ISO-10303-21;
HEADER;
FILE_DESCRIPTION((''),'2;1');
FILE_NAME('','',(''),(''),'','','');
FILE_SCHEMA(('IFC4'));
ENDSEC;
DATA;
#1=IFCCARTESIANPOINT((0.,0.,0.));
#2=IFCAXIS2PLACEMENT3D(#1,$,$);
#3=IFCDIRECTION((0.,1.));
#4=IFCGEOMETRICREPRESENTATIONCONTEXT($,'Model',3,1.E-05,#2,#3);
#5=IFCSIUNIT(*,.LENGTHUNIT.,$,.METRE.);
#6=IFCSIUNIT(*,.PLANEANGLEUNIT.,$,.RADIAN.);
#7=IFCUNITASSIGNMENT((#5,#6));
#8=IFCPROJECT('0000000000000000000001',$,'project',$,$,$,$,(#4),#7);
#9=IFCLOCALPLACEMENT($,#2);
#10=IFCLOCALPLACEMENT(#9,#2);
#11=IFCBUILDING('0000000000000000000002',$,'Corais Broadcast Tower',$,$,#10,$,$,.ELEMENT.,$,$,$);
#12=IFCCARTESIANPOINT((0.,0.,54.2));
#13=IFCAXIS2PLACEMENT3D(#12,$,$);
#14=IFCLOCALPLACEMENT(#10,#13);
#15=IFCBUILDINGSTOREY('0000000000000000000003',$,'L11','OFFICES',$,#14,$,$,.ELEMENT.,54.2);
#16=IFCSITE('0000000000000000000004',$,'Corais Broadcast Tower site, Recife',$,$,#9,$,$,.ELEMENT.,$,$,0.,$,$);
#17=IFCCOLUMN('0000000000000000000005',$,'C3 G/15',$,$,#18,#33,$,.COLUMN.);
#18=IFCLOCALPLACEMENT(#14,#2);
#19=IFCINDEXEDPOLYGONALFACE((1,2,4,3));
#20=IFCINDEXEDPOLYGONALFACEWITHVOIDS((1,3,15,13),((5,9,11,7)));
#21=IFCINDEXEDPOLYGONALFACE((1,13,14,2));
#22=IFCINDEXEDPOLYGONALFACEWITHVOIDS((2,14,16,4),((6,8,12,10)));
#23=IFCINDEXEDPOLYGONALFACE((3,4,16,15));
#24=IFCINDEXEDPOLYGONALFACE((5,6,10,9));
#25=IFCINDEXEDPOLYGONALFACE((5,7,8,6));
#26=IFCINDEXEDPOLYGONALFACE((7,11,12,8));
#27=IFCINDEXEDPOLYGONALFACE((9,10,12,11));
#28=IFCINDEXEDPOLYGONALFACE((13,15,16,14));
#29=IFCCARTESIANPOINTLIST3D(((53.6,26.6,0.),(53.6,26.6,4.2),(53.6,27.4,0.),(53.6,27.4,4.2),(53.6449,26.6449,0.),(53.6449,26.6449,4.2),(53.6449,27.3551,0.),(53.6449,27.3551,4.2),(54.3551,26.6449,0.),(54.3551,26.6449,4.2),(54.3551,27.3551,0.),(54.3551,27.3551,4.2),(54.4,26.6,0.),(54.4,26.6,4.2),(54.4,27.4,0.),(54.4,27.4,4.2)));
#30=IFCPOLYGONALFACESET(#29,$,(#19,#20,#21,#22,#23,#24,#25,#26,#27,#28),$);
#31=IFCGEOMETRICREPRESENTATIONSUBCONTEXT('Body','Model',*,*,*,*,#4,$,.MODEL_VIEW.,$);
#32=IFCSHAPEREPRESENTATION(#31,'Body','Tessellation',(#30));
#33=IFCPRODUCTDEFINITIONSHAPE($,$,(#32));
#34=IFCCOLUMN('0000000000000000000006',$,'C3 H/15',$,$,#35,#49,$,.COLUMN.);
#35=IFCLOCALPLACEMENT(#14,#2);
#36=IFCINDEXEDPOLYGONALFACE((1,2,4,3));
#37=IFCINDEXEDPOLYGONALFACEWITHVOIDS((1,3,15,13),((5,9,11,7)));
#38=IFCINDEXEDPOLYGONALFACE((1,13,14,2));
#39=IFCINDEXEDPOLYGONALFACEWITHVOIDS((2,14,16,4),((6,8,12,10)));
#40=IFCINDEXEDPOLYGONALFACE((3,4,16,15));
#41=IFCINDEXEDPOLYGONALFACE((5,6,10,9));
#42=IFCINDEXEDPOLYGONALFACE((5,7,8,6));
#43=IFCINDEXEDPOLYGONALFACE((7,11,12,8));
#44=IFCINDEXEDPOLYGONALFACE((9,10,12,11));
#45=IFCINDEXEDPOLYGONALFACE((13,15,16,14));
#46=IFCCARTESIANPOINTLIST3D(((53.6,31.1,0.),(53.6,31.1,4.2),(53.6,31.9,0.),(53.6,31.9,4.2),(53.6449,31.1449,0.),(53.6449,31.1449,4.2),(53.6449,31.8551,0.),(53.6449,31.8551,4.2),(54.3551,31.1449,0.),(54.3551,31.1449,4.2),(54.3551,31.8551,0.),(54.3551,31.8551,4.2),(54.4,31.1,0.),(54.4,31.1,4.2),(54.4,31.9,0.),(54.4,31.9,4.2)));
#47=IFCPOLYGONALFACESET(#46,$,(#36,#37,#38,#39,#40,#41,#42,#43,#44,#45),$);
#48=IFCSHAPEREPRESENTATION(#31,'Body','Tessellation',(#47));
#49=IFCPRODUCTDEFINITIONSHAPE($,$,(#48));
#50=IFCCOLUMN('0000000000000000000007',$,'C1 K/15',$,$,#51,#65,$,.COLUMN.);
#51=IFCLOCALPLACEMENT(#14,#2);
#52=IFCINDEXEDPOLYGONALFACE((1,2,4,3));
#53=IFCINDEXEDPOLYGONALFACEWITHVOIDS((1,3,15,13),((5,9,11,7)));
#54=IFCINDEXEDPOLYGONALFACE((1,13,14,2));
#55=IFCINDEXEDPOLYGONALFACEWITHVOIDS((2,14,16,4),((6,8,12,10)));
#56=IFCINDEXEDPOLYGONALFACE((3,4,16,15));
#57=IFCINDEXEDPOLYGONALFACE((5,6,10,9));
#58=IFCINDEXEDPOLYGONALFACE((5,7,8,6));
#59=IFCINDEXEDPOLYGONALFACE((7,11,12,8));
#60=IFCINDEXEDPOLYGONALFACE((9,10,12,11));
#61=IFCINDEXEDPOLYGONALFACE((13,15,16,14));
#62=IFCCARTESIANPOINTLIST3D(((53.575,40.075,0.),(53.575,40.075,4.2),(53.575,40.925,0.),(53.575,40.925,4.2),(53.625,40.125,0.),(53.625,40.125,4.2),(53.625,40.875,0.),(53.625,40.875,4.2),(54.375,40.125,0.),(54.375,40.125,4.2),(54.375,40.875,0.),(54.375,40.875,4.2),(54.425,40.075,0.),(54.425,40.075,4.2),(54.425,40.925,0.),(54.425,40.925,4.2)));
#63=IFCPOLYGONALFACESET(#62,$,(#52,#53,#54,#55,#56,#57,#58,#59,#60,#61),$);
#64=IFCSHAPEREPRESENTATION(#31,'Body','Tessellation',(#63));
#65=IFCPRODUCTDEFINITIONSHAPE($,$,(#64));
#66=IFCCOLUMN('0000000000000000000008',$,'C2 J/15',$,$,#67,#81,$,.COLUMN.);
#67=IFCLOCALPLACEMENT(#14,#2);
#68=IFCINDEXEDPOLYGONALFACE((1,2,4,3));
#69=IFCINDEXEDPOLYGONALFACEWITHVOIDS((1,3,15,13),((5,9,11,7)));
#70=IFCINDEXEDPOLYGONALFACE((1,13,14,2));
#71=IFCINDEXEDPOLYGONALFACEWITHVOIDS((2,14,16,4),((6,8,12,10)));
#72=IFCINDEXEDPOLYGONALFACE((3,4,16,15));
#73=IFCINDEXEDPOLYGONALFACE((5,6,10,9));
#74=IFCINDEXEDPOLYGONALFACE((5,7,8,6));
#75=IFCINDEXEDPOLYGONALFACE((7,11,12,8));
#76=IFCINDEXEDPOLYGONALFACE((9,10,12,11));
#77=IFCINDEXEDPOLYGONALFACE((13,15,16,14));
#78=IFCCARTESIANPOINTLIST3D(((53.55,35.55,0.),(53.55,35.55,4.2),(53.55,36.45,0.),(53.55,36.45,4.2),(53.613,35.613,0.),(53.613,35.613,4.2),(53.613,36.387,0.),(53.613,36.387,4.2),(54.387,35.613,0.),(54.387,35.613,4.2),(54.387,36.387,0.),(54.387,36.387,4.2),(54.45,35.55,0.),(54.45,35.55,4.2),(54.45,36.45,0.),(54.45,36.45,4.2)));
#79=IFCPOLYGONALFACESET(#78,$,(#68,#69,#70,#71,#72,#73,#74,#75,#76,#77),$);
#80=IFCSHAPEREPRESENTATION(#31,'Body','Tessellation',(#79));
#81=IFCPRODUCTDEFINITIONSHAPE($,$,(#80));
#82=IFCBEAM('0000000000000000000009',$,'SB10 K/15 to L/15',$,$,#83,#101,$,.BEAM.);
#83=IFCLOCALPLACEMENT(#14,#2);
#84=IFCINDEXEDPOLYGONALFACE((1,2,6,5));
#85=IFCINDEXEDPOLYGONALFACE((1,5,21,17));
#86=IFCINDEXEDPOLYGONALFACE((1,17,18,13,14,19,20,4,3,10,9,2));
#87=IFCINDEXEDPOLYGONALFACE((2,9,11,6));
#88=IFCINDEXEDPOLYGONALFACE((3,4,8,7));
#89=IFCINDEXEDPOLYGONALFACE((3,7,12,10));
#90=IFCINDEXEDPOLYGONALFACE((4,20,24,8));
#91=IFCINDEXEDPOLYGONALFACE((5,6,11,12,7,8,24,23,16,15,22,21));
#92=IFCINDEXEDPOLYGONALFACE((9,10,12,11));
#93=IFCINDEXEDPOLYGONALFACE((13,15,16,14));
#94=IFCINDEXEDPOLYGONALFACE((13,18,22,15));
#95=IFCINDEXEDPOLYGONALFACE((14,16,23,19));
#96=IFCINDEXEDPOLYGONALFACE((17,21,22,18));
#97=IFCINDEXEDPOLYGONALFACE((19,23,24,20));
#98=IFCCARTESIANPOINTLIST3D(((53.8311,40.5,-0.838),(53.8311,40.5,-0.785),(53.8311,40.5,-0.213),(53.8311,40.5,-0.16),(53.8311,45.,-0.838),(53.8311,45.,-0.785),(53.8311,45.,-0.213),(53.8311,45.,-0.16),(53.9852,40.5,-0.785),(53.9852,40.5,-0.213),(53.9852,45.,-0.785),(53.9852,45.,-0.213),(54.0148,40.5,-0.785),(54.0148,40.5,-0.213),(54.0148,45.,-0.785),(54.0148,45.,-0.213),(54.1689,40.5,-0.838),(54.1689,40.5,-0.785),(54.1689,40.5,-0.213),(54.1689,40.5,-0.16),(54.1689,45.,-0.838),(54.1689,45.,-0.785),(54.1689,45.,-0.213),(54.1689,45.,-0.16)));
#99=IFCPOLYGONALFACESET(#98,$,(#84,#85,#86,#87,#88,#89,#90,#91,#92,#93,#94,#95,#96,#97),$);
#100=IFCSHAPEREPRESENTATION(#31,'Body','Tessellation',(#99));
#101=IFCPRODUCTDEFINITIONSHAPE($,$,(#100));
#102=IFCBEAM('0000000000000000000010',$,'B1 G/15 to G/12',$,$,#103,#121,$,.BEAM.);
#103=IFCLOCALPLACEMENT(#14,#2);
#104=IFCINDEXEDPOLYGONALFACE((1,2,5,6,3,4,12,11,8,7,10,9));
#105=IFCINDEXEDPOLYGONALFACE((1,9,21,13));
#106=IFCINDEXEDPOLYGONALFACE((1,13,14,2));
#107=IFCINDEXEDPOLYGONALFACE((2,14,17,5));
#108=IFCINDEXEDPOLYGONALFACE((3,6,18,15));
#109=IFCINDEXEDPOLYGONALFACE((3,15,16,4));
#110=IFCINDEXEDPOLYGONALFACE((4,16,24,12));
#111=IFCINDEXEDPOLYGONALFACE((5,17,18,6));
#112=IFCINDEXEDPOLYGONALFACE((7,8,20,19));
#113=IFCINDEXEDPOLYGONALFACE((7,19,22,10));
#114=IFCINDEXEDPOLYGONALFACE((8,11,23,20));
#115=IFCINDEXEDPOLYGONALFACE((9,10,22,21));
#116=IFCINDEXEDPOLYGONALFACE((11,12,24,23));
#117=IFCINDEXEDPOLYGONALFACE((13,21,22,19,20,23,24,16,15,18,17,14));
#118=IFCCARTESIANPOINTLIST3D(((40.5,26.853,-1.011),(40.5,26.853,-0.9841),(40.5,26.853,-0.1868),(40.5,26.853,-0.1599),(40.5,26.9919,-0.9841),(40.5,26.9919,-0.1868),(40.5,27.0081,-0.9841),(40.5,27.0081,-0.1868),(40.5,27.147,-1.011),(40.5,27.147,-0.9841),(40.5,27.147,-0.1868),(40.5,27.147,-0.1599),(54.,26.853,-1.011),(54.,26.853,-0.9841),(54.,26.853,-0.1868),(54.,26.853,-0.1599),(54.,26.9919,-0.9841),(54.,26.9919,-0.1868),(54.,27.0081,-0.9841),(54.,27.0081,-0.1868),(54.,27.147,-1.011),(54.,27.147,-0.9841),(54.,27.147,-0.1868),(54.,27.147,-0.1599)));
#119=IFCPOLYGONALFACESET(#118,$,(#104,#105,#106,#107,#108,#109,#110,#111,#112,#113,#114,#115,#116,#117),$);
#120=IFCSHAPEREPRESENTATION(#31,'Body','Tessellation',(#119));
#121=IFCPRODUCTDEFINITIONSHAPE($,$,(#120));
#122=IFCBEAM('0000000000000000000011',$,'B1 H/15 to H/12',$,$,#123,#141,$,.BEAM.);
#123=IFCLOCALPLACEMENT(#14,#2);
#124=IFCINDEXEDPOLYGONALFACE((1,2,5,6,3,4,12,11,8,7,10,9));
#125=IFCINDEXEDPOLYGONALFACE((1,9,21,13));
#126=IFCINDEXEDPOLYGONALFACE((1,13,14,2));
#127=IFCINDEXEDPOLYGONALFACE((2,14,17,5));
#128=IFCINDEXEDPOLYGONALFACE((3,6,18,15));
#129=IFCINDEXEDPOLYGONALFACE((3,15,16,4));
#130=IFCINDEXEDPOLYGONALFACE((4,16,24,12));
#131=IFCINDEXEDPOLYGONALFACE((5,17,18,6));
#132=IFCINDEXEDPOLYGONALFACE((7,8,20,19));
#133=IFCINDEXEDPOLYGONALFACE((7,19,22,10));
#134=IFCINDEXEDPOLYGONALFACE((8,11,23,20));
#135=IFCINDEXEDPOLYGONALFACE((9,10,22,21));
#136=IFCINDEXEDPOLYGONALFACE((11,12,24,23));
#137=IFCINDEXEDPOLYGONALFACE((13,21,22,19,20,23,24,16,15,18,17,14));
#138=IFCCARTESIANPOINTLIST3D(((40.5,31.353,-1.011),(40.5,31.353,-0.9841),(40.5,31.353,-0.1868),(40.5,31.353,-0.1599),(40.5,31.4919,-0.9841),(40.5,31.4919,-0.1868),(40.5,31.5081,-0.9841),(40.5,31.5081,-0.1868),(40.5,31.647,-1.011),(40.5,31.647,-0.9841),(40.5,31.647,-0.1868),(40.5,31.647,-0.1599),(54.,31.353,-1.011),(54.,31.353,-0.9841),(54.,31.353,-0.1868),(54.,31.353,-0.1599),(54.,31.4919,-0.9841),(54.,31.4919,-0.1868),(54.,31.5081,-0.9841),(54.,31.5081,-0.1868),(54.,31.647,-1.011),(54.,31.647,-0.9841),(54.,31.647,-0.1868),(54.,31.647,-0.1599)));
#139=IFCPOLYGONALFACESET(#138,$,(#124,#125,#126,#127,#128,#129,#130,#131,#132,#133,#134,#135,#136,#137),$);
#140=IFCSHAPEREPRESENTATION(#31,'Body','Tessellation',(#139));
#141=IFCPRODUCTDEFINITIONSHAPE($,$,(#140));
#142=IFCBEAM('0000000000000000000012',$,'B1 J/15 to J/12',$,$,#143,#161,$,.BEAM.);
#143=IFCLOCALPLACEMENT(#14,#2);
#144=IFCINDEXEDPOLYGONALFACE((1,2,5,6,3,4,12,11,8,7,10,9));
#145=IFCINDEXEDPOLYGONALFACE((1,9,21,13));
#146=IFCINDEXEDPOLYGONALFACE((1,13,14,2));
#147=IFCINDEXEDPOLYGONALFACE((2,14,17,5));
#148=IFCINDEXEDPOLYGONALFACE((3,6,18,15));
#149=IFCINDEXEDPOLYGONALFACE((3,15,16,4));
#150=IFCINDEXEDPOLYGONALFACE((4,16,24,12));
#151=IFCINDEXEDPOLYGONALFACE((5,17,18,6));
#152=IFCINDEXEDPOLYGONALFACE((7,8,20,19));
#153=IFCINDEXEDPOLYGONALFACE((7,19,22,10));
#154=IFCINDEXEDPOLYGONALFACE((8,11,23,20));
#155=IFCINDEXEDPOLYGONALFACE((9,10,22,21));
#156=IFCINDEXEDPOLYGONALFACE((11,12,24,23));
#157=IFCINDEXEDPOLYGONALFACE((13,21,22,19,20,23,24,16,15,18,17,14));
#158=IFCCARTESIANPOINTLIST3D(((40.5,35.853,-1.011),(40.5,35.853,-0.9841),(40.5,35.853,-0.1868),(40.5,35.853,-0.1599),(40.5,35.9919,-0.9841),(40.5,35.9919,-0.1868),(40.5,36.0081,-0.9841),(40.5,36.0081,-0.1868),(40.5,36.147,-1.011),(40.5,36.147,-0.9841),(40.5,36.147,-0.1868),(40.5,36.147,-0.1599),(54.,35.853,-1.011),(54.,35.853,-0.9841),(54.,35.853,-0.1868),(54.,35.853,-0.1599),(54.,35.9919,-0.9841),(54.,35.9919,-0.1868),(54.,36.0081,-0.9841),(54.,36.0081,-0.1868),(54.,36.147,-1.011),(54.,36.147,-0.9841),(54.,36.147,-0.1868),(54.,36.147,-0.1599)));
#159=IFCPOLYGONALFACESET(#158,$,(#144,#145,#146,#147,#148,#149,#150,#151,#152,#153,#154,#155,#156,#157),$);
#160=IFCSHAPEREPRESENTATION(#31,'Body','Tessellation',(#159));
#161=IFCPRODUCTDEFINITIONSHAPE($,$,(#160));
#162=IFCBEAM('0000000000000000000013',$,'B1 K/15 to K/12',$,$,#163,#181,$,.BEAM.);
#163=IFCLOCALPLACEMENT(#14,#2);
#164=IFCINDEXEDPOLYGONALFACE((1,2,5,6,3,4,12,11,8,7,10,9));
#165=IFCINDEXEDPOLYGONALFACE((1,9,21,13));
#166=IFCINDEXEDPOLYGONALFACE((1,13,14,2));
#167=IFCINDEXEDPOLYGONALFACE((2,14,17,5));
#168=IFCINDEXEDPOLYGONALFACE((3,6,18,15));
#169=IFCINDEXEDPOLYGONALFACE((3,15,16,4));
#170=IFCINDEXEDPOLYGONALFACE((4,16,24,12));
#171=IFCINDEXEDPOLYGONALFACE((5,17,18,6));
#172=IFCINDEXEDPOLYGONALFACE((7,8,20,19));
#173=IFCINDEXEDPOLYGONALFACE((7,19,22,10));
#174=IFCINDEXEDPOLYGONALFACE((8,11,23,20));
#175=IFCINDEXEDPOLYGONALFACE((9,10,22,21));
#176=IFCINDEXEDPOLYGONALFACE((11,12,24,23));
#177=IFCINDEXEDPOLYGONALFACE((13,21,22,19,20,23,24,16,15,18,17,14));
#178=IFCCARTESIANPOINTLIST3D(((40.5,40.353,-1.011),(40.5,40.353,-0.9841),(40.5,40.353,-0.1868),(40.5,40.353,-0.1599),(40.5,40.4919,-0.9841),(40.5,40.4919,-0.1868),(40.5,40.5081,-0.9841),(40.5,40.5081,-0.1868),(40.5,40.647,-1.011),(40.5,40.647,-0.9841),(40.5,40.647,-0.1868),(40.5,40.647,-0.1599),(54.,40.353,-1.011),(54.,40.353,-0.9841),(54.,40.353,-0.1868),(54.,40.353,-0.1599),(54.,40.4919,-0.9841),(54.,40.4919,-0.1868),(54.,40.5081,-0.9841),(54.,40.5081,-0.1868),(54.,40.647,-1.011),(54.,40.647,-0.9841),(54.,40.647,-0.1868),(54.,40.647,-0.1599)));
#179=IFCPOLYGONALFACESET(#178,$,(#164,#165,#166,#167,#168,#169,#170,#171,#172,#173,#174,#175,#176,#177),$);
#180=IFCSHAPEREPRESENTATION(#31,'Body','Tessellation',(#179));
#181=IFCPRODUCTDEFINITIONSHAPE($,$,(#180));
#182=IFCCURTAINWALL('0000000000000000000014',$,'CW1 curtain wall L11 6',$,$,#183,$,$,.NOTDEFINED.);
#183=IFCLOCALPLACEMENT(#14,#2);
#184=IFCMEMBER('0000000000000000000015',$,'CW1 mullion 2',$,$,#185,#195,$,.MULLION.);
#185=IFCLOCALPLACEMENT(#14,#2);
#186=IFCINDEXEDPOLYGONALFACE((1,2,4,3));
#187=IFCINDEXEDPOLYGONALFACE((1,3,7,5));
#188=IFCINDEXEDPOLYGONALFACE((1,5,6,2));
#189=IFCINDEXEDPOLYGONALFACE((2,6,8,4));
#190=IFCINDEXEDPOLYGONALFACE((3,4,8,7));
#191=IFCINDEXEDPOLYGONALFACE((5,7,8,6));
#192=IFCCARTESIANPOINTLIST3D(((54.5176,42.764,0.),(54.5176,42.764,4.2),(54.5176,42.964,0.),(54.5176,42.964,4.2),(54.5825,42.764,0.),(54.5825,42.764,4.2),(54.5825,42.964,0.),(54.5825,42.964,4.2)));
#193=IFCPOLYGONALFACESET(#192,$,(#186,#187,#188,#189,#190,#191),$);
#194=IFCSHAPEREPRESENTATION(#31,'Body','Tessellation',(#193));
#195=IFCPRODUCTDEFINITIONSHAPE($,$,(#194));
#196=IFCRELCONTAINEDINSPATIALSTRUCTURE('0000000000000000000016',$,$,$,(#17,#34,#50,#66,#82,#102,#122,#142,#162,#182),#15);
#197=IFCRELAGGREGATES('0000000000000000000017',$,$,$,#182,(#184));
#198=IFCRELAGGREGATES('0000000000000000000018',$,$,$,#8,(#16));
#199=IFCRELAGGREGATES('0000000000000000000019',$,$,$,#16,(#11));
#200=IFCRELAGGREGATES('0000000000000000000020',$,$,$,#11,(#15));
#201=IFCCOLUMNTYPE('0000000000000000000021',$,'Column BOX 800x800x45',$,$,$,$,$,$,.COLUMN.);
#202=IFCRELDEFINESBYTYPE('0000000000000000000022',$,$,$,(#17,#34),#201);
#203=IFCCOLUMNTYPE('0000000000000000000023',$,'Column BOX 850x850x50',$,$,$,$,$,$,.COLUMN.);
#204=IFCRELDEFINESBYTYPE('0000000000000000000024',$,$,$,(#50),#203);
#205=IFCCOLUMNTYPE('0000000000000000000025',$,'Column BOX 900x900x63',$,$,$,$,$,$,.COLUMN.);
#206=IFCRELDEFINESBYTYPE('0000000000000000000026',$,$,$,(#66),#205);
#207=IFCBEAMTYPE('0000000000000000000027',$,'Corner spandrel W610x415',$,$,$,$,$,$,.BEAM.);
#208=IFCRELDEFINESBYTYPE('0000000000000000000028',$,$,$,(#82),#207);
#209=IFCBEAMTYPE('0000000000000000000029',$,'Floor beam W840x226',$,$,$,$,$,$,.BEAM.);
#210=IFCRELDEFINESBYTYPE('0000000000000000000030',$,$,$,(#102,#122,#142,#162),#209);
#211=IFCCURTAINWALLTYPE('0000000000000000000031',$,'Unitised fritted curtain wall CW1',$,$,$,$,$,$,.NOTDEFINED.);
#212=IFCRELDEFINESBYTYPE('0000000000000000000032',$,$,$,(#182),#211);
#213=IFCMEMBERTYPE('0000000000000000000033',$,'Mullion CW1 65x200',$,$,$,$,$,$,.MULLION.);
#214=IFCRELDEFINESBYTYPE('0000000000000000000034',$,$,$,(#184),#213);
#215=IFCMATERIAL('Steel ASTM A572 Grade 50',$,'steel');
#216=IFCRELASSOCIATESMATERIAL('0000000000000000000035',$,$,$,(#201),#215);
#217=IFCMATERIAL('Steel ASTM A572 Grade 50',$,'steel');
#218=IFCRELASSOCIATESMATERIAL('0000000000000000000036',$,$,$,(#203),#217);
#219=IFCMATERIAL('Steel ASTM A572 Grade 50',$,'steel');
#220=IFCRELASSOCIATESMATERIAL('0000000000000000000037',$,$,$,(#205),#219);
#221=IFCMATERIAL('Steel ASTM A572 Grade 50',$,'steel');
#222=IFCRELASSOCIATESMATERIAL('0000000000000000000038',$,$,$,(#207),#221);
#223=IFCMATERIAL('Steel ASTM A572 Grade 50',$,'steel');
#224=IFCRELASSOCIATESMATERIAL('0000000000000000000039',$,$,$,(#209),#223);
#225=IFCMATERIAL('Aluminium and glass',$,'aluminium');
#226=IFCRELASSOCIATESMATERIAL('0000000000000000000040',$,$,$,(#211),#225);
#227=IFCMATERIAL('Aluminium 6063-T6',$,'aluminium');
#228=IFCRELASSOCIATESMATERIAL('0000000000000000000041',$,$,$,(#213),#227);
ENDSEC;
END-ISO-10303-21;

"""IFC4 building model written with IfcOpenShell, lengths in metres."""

from ifc_helpers import new_model, si_unit, direction, frame, origin, origin_2d, place, context, subcontext, project, spatial, rectangle, hollow_rectangle, i_section, extrude, material, material_profile, profile_set, type_object, element, aggregate, save


model = new_model("IFC4")

# Units and contexts
model_context = context("Model", 3, precision=1e-05, world=origin(), true_north=direction((0.0, 1.0)))
body_context = subcontext(model_context, "Body", "Model", "MODEL_VIEW")
ifc_project = project(units=[si_unit("LENGTHUNIT", "METRE"), si_unit("PLANEANGLEUNIT", "RADIAN")], contexts=[model_context])

# Site, building, storey
site_placement = place(None, origin())
site = spatial("IfcSite", under=ifc_project, at=site_placement, Name="Corais Broadcast Tower site, Recife", CompositionType="ELEMENT", RefElevation=0.0)
building_placement = place(site_placement, origin())
building = spatial("IfcBuilding", under=site, at=building_placement, Name="Corais Broadcast Tower", CompositionType="ELEMENT")
storey_placement = place(building_placement, frame((0.0, 0.0, 54.2)))
storey = spatial("IfcBuildingStorey", under=building, at=storey_placement, Name="L11", Description="OFFICES", CompositionType="ELEMENT", Elevation=54.2)

# Columns
ifc_material_1 = material(Name="Steel ASTM A572 Grade 50", Category="steel")
ifc_material_profile_1 = material_profile(ifc_material_1, hollow_rectangle(XDim=0.8, YDim=0.8, WallThickness=0.0449, at=origin_2d()), Name="BOX 800x800x45")
ifc_profile_set_1 = profile_set([ifc_material_profile_1], Name="Steel ASTM A572 Grade 50")
column_type_1 = type_object("IfcColumnType", Name="Column BOX 800x800x45", PredefinedType="COLUMN", material=ifc_profile_set_1)
for number, where, z_axis, x_axis, name in (
    (1, (54.0, 27.0, 0.0), (0.0, 0.0, 1.0), (1.0, 0.0, 0.0), "C3 G/15"),
    (2, (54.0, 31.5, 0.0), (0.0, 0.0, 1.0), (1.0, 0.0, 0.0), "C3 H/15"),
):
    element("IfcColumn", number, at=place(storey_placement, frame(where, z_axis=z_axis, x_axis=x_axis)), inside=storey, type_object=column_type_1, Name=name, PredefinedType="COLUMN", context=body_context, shape_type="SweptSolid", body=[
        extrude(hollow_rectangle(XDim=0.8, YDim=0.8, WallThickness=0.0449, at=origin_2d()), origin(), (0.0, 0.0, 1.0), 4.2),
    ])
ifc_material_2 = material(Name="Steel ASTM A572 Grade 50", Category="steel")
ifc_material_profile_2 = material_profile(ifc_material_2, hollow_rectangle(XDim=0.8501, YDim=0.8501, WallThickness=0.05, at=origin_2d()), Name="BOX 850x850x50")
ifc_profile_set_2 = profile_set([ifc_material_profile_2], Name="Steel ASTM A572 Grade 50")
column_type_2 = type_object("IfcColumnType", Name="Column BOX 850x850x50", PredefinedType="COLUMN", material=ifc_profile_set_2)
column_1_placement = place(storey_placement, frame((54.0, 40.5, 0.0), z_axis=(0.0, 0.0, 1.0), x_axis=(1.0, 0.0, 0.0)))
element("IfcColumn", 3, at=column_1_placement, inside=storey, type_object=column_type_2, Name="C1 K/15", PredefinedType="COLUMN", context=body_context, shape_type="SweptSolid", body=[
    extrude(hollow_rectangle(XDim=0.8501, YDim=0.8501, WallThickness=0.05, at=origin_2d()), origin(), (0.0, 0.0, 1.0), 4.2),
])
ifc_material_3 = material(Name="Steel ASTM A572 Grade 50", Category="steel")
ifc_material_profile_3 = material_profile(ifc_material_3, hollow_rectangle(XDim=0.8999, YDim=0.8999, WallThickness=0.063, at=origin_2d()), Name="BOX 900x900x63")
ifc_profile_set_3 = profile_set([ifc_material_profile_3], Name="Steel ASTM A572 Grade 50")
column_type_3 = type_object("IfcColumnType", Name="Column BOX 900x900x63", PredefinedType="COLUMN", material=ifc_profile_set_3)
column_2_placement = place(storey_placement, frame((54.0, 36.0, 0.0), z_axis=(0.0, 0.0, 1.0), x_axis=(1.0, 0.0, 0.0)))
element("IfcColumn", 4, at=column_2_placement, inside=storey, type_object=column_type_3, Name="C2 J/15", PredefinedType="COLUMN", context=body_context, shape_type="SweptSolid", body=[
    extrude(hollow_rectangle(XDim=0.8999, YDim=0.8999, WallThickness=0.063, at=origin_2d()), origin(), (0.0, 0.0, 1.0), 4.2),
])

# Beams
ifc_material_4 = material(Name="Steel ASTM A572 Grade 50", Category="steel")
ifc_material_profile_4 = material_profile(ifc_material_4, i_section(OverallWidth=0.3379, OverallDepth=0.678, WebThickness=0.0295, FlangeThickness=0.053, at=origin_2d()), Name="W610x415")
ifc_profile_set_4 = profile_set([ifc_material_profile_4], Name="Steel ASTM A572 Grade 50")
beam_type_1 = type_object("IfcBeamType", Name="Corner spandrel W610x415", PredefinedType="BEAM", material=ifc_profile_set_4)
beam_1_placement = place(storey_placement, frame((54.0, 40.5, -0.499), z_axis=(0.0, 1.0, 0.0), x_axis=(-1.0, 0.0, 0.0)))
element("IfcBeam", 5, at=beam_1_placement, inside=storey, type_object=beam_type_1, Name="SB10 K/15 to L/15", PredefinedType="BEAM", context=body_context, shape_type="SweptSolid", body=[
    extrude(i_section(OverallWidth=0.3379, OverallDepth=0.678, WebThickness=0.0295, FlangeThickness=0.053, at=origin_2d()), origin(), (0.0, 0.0, 1.0), 4.5),
])
ifc_material_5 = material(Name="Steel ASTM A572 Grade 50", Category="steel")
ifc_material_profile_5 = material_profile(ifc_material_5, i_section(OverallWidth=0.2939, OverallDepth=0.8511, WebThickness=0.0161, FlangeThickness=0.0269, at=origin_2d()), Name="W840x226")
ifc_profile_set_5 = profile_set([ifc_material_profile_5], Name="Steel ASTM A572 Grade 50")
beam_type_2 = type_object("IfcBeamType", Name="Floor beam W840x226", PredefinedType="BEAM", material=ifc_profile_set_5)
for number, where, z_axis, x_axis, name in (
    (6, (54.0, 27.0, -0.5854), (-1.0, 0.0, 0.0), (0.0, -1.0, 0.0), "B1 G/15 to G/12"),
    (7, (54.0, 31.5, -0.5854), (-1.0, 0.0, 0.0), (0.0, -1.0, 0.0), "B1 H/15 to H/12"),
    (8, (54.0, 36.0, -0.5854), (-1.0, 0.0, 0.0), (0.0, -1.0, 0.0), "B1 J/15 to J/12"),
    (9, (54.0, 40.5, -0.5854), (-1.0, 0.0, 0.0), (0.0, -1.0, 0.0), "B1 K/15 to K/12"),
):
    element("IfcBeam", number, at=place(storey_placement, frame(where, z_axis=z_axis, x_axis=x_axis)), inside=storey, type_object=beam_type_2, Name=name, PredefinedType="BEAM", context=body_context, shape_type="SweptSolid", body=[
        extrude(i_section(OverallWidth=0.2939, OverallDepth=0.8511, WebThickness=0.0161, FlangeThickness=0.0269, at=origin_2d()), origin(), (0.0, 0.0, 1.0), 13.5),
    ])

# Curtain wall, member
ifc_material_6 = material(Name="Aluminium and glass", Category="aluminium")
curtain_wall_type = type_object("IfcCurtainWallType", Name="Unitised fritted curtain wall CW1", PredefinedType="NOTDEFINED", material=ifc_material_6)
curtain_wall_placement = place(storey_placement, origin())
curtain_wall = element("IfcCurtainWall", 10, at=curtain_wall_placement, inside=storey, type_object=curtain_wall_type, Name="CW1 curtain wall L11 6", PredefinedType="NOTDEFINED")
ifc_material_7 = material(Name="Aluminium 6063-T6", Category="aluminium")
ifc_material_profile_6 = material_profile(ifc_material_7, rectangle(XDim=0.0649, YDim=0.2, at=origin_2d()), Name="Mullion CW1 65x200")
ifc_profile_set_6 = profile_set([ifc_material_profile_6], Name="Aluminium 6063-T6")
member_type_1 = type_object("IfcMemberType", Name="Mullion CW1 65x200", PredefinedType="MULLION", material=ifc_profile_set_6)
member_1_placement = place(storey_placement, frame((54.55, 42.864, 0.0), z_axis=(0.0, 0.0, 1.0), x_axis=(1.0, 0.0, 0.0)))
member_1 = element("IfcMember", 11, at=member_1_placement, type_object=member_type_1, Name="CW1 mullion 2", PredefinedType="MULLION", context=body_context, shape_type="SweptSolid", body=[
    extrude(rectangle(XDim=0.0649, YDim=0.2, at=origin_2d()), origin(), (0.0, 0.0, 1.0), 4.2),
])

aggregate(curtain_wall, [member_1])

save(model, "model.ifc")
